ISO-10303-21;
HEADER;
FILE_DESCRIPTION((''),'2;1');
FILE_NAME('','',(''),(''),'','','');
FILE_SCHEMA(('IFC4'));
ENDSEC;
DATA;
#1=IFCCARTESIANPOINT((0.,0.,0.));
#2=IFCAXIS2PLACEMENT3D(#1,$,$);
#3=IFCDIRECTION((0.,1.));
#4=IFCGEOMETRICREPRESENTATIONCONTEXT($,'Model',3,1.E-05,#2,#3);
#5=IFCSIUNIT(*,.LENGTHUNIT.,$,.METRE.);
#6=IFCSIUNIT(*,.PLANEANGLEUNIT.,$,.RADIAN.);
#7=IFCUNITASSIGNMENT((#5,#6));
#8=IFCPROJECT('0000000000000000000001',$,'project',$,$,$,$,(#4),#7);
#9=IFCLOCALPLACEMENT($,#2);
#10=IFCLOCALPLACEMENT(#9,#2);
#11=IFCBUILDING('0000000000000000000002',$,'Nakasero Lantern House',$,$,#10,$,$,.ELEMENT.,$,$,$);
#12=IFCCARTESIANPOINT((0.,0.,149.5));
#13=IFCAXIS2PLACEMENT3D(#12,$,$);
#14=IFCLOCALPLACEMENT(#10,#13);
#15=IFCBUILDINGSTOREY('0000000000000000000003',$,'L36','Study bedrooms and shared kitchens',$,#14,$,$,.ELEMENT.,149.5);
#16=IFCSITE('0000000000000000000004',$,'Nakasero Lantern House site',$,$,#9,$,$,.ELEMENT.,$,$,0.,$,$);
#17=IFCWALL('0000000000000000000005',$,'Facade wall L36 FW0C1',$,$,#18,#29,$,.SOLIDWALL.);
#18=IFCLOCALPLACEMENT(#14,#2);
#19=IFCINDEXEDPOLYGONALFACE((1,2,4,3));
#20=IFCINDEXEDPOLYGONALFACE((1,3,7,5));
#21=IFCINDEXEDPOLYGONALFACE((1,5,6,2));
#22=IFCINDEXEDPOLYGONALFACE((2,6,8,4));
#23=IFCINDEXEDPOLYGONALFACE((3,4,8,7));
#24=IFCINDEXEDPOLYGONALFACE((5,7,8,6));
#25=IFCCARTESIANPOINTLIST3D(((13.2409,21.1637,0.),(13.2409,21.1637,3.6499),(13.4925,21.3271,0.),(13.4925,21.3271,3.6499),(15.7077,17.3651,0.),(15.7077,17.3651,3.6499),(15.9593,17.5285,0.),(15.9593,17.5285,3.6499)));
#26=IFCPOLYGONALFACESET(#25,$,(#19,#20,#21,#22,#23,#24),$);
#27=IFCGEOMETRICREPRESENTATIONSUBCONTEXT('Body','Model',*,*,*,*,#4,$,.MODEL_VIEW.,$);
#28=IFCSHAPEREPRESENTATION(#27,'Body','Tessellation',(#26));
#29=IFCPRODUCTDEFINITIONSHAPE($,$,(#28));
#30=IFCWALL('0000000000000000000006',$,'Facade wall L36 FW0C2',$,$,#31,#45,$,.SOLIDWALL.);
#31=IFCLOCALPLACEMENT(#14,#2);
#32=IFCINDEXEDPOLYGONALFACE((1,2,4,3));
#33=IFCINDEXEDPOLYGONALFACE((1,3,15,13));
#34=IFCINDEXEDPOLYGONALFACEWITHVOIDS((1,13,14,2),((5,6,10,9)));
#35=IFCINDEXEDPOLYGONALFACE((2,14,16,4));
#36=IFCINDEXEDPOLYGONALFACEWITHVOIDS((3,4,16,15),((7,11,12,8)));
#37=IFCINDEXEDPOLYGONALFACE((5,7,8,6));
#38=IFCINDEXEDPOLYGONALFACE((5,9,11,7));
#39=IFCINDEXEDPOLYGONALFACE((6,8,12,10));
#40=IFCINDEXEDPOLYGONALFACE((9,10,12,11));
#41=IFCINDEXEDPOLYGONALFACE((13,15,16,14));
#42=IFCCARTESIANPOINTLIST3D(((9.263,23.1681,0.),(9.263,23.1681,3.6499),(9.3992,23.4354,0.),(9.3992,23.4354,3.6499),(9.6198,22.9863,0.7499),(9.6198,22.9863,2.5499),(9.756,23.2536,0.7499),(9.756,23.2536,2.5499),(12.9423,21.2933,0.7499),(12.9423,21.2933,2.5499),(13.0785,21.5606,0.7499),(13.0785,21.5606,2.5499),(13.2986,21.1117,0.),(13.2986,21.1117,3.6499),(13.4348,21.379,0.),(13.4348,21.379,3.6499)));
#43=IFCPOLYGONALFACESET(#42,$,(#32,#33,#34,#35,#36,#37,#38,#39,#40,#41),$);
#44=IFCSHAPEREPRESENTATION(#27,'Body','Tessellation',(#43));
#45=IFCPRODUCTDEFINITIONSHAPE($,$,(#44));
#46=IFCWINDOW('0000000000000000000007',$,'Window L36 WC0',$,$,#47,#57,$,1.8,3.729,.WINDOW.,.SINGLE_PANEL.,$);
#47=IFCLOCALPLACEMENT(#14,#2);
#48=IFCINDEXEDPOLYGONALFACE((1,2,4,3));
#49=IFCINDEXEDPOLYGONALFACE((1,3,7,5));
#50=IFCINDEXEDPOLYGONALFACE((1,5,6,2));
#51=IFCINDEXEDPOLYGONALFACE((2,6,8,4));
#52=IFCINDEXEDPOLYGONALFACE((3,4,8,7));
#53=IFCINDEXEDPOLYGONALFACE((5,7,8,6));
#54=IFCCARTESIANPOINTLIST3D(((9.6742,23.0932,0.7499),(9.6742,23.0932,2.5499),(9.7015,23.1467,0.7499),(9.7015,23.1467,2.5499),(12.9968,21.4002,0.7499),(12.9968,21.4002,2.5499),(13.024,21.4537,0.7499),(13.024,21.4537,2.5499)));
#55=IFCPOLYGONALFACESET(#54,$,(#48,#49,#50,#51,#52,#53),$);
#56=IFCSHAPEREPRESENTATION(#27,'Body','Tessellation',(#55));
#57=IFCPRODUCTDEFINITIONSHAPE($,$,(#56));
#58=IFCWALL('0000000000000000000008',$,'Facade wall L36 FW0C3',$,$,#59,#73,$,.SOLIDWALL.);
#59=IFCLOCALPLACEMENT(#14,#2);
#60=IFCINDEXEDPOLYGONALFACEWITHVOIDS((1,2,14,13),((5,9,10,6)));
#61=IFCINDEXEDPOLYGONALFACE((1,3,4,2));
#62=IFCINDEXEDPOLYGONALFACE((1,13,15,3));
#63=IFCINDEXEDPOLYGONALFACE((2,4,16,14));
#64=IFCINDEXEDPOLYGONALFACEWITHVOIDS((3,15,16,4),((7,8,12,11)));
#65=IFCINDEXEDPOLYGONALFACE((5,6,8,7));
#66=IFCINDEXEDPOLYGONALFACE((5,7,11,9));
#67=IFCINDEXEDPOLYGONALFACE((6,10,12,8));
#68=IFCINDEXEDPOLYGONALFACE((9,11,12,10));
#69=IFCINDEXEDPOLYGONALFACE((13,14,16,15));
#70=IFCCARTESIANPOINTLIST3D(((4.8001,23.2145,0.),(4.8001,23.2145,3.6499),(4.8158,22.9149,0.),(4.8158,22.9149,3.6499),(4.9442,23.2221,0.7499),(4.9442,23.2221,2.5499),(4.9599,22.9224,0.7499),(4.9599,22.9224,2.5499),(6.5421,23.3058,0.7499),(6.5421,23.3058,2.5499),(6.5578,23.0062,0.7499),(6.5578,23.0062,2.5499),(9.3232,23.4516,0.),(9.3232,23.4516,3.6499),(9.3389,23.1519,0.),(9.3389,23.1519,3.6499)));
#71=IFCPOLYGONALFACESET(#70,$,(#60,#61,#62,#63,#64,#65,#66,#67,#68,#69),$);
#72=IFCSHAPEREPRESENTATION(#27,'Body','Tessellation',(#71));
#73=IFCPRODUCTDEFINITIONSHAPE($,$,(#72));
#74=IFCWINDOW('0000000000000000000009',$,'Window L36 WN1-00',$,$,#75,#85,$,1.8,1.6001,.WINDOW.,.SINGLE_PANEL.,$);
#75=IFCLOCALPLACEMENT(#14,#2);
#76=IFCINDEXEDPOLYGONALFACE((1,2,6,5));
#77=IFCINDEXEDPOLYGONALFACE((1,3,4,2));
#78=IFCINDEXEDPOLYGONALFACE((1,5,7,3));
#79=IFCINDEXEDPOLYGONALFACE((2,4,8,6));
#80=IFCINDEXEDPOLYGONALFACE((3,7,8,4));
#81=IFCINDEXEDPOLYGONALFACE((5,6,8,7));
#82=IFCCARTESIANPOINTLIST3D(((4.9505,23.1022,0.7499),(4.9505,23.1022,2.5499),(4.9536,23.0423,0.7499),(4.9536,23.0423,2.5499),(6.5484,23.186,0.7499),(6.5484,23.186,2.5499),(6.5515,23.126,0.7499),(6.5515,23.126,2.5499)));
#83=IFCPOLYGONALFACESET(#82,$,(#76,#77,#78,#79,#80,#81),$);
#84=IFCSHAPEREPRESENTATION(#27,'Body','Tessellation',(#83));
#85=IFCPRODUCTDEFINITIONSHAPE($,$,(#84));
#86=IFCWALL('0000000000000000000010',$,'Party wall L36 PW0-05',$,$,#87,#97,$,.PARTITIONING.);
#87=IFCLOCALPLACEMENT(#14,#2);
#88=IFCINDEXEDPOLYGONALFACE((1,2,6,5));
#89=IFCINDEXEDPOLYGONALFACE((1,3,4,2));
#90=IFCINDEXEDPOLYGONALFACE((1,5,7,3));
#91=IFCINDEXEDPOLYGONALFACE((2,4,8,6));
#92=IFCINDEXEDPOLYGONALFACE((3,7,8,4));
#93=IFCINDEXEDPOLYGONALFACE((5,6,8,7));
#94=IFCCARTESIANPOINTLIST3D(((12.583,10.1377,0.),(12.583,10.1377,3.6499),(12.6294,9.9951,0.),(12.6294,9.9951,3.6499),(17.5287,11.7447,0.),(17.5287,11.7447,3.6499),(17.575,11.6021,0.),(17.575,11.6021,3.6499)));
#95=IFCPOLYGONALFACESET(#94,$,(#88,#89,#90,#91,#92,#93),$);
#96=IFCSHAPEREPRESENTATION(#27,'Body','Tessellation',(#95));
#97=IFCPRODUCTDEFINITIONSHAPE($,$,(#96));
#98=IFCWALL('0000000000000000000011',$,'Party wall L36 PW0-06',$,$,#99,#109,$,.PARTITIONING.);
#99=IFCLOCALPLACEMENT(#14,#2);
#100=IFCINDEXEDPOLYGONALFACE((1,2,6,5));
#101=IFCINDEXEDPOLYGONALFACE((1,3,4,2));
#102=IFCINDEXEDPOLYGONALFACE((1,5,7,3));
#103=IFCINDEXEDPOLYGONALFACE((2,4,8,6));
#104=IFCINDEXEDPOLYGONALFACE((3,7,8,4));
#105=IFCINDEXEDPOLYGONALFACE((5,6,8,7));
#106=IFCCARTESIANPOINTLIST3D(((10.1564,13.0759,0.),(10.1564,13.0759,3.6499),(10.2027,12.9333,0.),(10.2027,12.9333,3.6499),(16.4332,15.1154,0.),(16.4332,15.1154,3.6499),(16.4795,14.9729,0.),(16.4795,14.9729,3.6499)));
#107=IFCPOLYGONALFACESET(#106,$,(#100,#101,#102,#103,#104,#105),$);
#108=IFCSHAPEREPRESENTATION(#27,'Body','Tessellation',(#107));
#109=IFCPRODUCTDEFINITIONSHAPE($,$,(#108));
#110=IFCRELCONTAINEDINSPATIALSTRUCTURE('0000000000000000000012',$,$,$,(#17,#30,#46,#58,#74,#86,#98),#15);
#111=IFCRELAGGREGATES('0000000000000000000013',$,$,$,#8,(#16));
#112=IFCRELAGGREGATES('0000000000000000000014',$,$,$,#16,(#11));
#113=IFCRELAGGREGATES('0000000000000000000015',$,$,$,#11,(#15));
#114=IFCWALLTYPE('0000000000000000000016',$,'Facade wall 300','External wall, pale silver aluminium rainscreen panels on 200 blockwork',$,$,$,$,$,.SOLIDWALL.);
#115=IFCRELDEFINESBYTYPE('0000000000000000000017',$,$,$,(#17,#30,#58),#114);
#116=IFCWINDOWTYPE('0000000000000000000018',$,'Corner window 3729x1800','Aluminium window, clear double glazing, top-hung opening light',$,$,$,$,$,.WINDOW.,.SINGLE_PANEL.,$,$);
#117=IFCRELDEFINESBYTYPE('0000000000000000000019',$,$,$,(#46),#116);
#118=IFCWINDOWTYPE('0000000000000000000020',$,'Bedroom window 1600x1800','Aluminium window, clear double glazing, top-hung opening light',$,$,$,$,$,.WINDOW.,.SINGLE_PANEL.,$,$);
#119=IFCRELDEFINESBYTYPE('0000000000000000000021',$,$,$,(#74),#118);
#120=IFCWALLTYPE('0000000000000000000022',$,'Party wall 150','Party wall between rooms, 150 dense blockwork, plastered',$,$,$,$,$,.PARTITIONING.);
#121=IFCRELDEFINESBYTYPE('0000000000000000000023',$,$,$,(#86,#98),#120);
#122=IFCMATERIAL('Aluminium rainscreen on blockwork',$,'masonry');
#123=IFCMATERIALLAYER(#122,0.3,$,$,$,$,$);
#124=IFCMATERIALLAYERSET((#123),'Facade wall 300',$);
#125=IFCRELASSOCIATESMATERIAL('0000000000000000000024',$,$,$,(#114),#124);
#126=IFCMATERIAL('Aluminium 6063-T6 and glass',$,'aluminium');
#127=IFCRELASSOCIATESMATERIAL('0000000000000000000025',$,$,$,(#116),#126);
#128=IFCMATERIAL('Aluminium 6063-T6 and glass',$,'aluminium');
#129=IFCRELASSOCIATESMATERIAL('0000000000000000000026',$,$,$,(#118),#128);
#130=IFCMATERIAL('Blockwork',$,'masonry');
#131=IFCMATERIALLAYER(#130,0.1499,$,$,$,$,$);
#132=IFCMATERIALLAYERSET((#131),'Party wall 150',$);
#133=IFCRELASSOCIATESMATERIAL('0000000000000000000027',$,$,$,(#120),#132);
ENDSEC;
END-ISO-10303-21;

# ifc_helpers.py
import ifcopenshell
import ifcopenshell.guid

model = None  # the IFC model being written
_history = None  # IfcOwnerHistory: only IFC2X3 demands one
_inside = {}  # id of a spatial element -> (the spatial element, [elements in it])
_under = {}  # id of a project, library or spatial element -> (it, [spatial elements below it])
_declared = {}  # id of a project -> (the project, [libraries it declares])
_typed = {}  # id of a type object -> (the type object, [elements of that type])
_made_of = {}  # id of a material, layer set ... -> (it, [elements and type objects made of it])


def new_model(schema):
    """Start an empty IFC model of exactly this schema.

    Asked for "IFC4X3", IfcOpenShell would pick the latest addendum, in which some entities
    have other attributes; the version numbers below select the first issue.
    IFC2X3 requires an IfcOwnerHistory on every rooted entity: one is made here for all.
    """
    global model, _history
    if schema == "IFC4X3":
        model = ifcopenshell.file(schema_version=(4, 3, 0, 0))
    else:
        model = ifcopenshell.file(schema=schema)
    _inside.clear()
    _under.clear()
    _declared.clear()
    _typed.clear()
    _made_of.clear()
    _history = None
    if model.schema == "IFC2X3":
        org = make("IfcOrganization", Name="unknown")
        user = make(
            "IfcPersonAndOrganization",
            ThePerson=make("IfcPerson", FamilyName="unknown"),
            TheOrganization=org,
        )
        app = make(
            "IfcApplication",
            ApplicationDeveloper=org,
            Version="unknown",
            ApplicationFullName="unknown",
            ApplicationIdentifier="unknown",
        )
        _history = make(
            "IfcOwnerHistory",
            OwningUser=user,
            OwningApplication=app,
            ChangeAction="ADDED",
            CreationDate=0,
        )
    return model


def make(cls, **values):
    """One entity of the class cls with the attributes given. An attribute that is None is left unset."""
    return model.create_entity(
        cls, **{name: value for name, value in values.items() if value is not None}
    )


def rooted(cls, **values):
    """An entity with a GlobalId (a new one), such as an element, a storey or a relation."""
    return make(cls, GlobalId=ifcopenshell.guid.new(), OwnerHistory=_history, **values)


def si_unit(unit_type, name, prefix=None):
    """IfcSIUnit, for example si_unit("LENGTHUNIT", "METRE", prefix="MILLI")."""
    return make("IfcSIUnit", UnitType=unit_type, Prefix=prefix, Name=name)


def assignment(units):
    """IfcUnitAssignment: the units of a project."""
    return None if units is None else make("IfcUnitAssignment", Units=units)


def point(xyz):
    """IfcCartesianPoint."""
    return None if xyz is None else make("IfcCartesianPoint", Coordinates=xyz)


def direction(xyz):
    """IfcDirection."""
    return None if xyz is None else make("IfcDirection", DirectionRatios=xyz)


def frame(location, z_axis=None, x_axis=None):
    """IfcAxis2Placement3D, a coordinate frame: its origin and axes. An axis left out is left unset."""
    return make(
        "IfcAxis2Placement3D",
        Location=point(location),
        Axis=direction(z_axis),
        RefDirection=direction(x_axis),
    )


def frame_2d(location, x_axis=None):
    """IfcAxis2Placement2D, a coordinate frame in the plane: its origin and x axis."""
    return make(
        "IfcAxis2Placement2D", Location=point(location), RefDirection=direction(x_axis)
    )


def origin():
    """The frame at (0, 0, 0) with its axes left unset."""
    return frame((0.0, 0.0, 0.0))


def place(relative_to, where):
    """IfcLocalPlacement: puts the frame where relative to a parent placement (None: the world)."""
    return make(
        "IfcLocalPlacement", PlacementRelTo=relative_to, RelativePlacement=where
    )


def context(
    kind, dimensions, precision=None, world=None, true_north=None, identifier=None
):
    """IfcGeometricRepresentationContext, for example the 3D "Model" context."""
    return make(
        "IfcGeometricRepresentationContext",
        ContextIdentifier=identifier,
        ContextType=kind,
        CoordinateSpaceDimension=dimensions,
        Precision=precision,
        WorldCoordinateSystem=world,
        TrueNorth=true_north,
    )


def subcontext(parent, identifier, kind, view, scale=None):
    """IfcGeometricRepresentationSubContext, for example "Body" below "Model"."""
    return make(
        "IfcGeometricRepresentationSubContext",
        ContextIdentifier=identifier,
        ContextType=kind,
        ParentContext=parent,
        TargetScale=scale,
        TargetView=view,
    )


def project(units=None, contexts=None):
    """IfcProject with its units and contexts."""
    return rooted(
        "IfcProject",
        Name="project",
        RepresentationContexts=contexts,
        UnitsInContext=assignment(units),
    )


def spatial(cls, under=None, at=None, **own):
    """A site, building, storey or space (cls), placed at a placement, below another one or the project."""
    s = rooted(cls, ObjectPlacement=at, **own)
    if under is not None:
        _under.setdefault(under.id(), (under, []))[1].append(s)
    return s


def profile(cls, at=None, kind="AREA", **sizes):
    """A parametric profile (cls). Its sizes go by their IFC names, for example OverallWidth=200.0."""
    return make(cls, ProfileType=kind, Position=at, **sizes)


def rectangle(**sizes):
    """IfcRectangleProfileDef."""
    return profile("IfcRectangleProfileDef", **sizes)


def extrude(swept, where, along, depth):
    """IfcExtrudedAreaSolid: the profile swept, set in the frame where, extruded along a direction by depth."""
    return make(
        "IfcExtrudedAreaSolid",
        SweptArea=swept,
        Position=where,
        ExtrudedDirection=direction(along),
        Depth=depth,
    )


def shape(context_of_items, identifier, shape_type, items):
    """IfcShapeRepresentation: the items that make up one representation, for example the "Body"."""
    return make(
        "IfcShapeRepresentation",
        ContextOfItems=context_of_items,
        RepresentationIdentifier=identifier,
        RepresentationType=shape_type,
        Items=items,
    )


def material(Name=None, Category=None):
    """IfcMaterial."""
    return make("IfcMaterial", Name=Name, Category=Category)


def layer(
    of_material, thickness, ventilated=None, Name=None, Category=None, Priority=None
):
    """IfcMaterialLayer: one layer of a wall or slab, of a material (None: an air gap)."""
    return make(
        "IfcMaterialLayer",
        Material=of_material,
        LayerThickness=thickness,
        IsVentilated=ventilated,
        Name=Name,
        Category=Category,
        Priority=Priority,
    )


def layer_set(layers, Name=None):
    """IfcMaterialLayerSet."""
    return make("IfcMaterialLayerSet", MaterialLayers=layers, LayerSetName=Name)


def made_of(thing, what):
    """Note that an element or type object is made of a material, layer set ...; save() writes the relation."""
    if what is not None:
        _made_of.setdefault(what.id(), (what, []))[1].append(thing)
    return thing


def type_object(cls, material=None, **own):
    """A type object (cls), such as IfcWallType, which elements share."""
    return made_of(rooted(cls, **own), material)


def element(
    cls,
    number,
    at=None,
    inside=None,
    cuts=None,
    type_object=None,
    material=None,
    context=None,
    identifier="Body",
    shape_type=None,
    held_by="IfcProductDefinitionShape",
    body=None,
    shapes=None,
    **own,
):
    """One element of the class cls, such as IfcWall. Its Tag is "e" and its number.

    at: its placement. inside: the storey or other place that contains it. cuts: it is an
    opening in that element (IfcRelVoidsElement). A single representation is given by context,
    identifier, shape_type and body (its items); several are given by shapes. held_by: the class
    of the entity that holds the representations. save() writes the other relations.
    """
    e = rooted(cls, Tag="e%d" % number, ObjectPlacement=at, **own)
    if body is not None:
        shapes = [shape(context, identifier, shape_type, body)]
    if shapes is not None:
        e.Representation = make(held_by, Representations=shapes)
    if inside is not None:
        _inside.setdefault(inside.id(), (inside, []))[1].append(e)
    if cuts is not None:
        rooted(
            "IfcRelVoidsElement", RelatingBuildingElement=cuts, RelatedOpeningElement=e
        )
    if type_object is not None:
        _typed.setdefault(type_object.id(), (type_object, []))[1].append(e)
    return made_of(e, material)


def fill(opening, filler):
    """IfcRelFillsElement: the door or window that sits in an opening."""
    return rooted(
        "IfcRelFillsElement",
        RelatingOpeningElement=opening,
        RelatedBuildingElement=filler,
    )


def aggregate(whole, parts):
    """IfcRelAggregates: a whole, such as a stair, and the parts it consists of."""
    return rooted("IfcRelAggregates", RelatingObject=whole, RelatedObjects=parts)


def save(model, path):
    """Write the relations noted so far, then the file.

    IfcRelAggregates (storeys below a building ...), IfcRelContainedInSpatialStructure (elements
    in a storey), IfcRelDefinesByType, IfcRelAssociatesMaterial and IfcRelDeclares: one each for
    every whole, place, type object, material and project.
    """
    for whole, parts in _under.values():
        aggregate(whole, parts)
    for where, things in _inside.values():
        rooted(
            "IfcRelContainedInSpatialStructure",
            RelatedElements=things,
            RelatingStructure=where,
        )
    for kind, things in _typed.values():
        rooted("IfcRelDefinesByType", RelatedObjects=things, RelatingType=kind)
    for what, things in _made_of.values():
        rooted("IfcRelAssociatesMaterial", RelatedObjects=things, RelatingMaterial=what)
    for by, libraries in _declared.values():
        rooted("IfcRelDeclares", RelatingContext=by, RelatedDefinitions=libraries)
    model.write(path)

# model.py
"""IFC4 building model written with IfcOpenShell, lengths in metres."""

from ifc_helpers import new_model, si_unit, direction, frame, frame_2d, origin, place, context, subcontext, project, spatial, rectangle, extrude, material, layer, layer_set, type_object, element, fill, save


model = new_model("IFC4")

# Units and contexts
model_context = context("Model", 3, precision=1e-05, world=origin(), true_north=direction((0.0, 1.0)))
body_context = subcontext(model_context, "Body", "Model", "MODEL_VIEW")
ifc_project = project(units=[si_unit("LENGTHUNIT", "METRE"), si_unit("PLANEANGLEUNIT", "RADIAN")], contexts=[model_context])

# Site, building, storey
site_placement = place(None, origin())
site = spatial("IfcSite", under=ifc_project, at=site_placement, Name="Nakasero Lantern House site", CompositionType="ELEMENT", RefElevation=0.0)
building_placement = place(site_placement, origin())
building = spatial("IfcBuilding", under=site, at=building_placement, Name="Nakasero Lantern House", CompositionType="ELEMENT")
storey_placement = place(building_placement, frame((0.0, 0.0, 149.5)))
storey = spatial("IfcBuildingStorey", under=building, at=storey_placement, Name="L36", Description="Study bedrooms and shared kitchens", CompositionType="ELEMENT", Elevation=149.5)

# Wall
ifc_material_1 = material(Name="Aluminium rainscreen on blockwork", Category="masonry")
ifc_layer_1 = layer(ifc_material_1, 0.3)
ifc_layer_set_1 = layer_set([ifc_layer_1], Name="Facade wall 300")
wall_type_1 = type_object("IfcWallType", Name="Facade wall 300", Description="External wall, pale silver aluminium rainscreen panels on 200 blockwork", PredefinedType="SOLIDWALL", material=ifc_layer_set_1)
wall_1_placement = place(storey_placement, frame((15.8335, 17.4468, 0.0), z_axis=(0.0, 0.0, 1.0), x_axis=(-0.544634, 0.838674, 0.0)))
element("IfcWall", 1, at=wall_1_placement, inside=storey, type_object=wall_type_1, Name="Facade wall L36 FW0C1", PredefinedType="SOLIDWALL", context=body_context, shape_type="SweptSolid", body=[
    extrude(rectangle(XDim=4.5293, YDim=0.3, at=frame_2d((2.2646, 0.0))), origin(), (0.0, 0.0, 1.0), 3.6499),
])

# Walls, openings, windows
wall_2_placement = place(storey_placement, frame((13.3667, 21.2454, 0.0), z_axis=(0.0, 0.0, 1.0), x_axis=(-0.890995, 0.454014, 0.0)))
wall_2 = element("IfcWall", 2, at=wall_2_placement, inside=storey, type_object=wall_type_1, Name="Facade wall L36 FW0C2", PredefinedType="SOLIDWALL", context=body_context, shape_type="SweptSolid", body=[
    extrude(rectangle(XDim=4.5293, YDim=0.3, at=frame_2d((2.2646, 0.0))), origin(), (0.0, 0.0, 1.0), 3.6499),
])
opening_1_placement = place(wall_2_placement, frame((0.3999, 0.0, 0.75)))
opening_1 = element("IfcOpeningElement", 3, at=opening_1_placement, cuts=wall_2, PredefinedType="OPENING", context=body_context, shape_type="SweptSolid", body=[
    extrude(rectangle(XDim=3.729, YDim=1.8, at=frame_2d((1.8645, 0.8999))), frame((0.0, 0.1699, 0.0), z_axis=(0.0, -1.0, 0.0), x_axis=(1.0, 0.0, 0.0)), (0.0, 0.0, 1.0), 0.3401),
])
ifc_material_2 = material(Name="Aluminium 6063-T6 and glass", Category="aluminium")
window_type_1 = type_object("IfcWindowType", Name="Corner window 3729x1800", Description="Aluminium window, clear double glazing, top-hung opening light", PartitioningType="SINGLE_PANEL", PredefinedType="WINDOW", material=ifc_material_2)
window_1_placement = place(opening_1_placement, origin())
window_1 = element("IfcWindow", 4, at=window_1_placement, inside=storey, type_object=window_type_1, Name="Window L36 WC0", OverallHeight=1.8, OverallWidth=3.729, PartitioningType="SINGLE_PANEL", PredefinedType="WINDOW", context=body_context, shape_type="SweptSolid", body=[
    extrude(rectangle(XDim=3.729, YDim=1.8, at=frame_2d((1.8645, 0.8999))), frame((0.0, 0.03, 0.0), z_axis=(0.0, -1.0, 0.0), x_axis=(1.0, 0.0, 0.0)), (0.0, 0.0, 1.0), 0.0601),
])
fill(opening_1, window_1)
wall_3_placement = place(storey_placement, frame((9.3311, 23.3018, 0.0), z_axis=(0.0, 0.0, 1.0), x_axis=(-0.998629, -0.052338, 0.0)))
wall_3 = element("IfcWall", 5, at=wall_3_placement, inside=storey, type_object=wall_type_1, Name="Facade wall L36 FW0C3", PredefinedType="SOLIDWALL", context=body_context, shape_type="SweptSolid", body=[
    extrude(rectangle(XDim=4.5293, YDim=0.3, at=frame_2d((2.2646, 0.0))), origin(), (0.0, 0.0, 1.0), 3.6499),
])
opening_2_placement = place(wall_3_placement, frame((2.7849, 0.0, 0.75)))
opening_2 = element("IfcOpeningElement", 6, at=opening_2_placement, cuts=wall_3, PredefinedType="OPENING", context=body_context, shape_type="SweptSolid", body=[
    extrude(rectangle(XDim=1.6001, YDim=1.8, at=frame_2d((0.8, 0.8999))), frame((0.0, 0.1699, 0.0), z_axis=(0.0, -1.0, 0.0), x_axis=(1.0, 0.0, 0.0)), (0.0, 0.0, 1.0), 0.3401),
])
ifc_material_3 = material(Name="Aluminium 6063-T6 and glass", Category="aluminium")
window_type_2 = type_object("IfcWindowType", Name="Bedroom window 1600x1800", Description="Aluminium window, clear double glazing, top-hung opening light", PartitioningType="SINGLE_PANEL", PredefinedType="WINDOW", material=ifc_material_3)
window_2_placement = place(opening_2_placement, origin())
window_2 = element("IfcWindow", 7, at=window_2_placement, inside=storey, type_object=window_type_2, Name="Window L36 WN1-00", OverallHeight=1.8, OverallWidth=1.6001, PartitioningType="SINGLE_PANEL", PredefinedType="WINDOW", context=body_context, shape_type="SweptSolid", body=[
    extrude(rectangle(XDim=1.6001, YDim=1.8, at=frame_2d((0.8, 0.8999))), frame((0.0, 0.03, 0.0), z_axis=(0.0, -1.0, 0.0), x_axis=(1.0, 0.0, 0.0)), (0.0, 0.0, 1.0), 0.0601),
])
fill(opening_2, window_2)

# Walls
ifc_material_4 = material(Name="Blockwork", Category="masonry")
ifc_layer_2 = layer(ifc_material_4, 0.1499)
ifc_layer_set_2 = layer_set([ifc_layer_2], Name="Party wall 150")
wall_type_2 = type_object("IfcWallType", Name="Party wall 150", Description="Party wall between rooms, 150 dense blockwork, plastered", PredefinedType="PARTITIONING", material=ifc_layer_set_2)
wall_4_placement = place(storey_placement, frame((12.6062, 10.0664, 0.0), z_axis=(0.0, 0.0, 1.0), x_axis=(0.951055, 0.309021, 0.0)))
element("IfcWall", 8, at=wall_4_placement, inside=storey, type_object=wall_type_2, Name="Party wall L36 PW0-05", PredefinedType="PARTITIONING", context=body_context, shape_type="SweptSolid", body=[
    extrude(rectangle(XDim=5.2002, YDim=0.1499, at=frame_2d((2.6001, 0.0))), origin(), (0.0, 0.0, 1.0), 3.6499),
])
wall_5_placement = place(storey_placement, frame((10.1797, 13.0046, 0.0), z_axis=(0.0, 0.0, 1.0), x_axis=(0.951053, 0.309028, 0.0)))
element("IfcWall", 9, at=wall_5_placement, inside=storey, type_object=wall_type_2, Name="Party wall L36 PW0-06", PredefinedType="PARTITIONING", context=body_context, shape_type="SweptSolid", body=[
    extrude(rectangle(XDim=6.5999, YDim=0.1499, at=frame_2d((3.2998, 0.0))), origin(), (0.0, 0.0, 1.0), 3.6499),
])

save(model, "model.ifc")
